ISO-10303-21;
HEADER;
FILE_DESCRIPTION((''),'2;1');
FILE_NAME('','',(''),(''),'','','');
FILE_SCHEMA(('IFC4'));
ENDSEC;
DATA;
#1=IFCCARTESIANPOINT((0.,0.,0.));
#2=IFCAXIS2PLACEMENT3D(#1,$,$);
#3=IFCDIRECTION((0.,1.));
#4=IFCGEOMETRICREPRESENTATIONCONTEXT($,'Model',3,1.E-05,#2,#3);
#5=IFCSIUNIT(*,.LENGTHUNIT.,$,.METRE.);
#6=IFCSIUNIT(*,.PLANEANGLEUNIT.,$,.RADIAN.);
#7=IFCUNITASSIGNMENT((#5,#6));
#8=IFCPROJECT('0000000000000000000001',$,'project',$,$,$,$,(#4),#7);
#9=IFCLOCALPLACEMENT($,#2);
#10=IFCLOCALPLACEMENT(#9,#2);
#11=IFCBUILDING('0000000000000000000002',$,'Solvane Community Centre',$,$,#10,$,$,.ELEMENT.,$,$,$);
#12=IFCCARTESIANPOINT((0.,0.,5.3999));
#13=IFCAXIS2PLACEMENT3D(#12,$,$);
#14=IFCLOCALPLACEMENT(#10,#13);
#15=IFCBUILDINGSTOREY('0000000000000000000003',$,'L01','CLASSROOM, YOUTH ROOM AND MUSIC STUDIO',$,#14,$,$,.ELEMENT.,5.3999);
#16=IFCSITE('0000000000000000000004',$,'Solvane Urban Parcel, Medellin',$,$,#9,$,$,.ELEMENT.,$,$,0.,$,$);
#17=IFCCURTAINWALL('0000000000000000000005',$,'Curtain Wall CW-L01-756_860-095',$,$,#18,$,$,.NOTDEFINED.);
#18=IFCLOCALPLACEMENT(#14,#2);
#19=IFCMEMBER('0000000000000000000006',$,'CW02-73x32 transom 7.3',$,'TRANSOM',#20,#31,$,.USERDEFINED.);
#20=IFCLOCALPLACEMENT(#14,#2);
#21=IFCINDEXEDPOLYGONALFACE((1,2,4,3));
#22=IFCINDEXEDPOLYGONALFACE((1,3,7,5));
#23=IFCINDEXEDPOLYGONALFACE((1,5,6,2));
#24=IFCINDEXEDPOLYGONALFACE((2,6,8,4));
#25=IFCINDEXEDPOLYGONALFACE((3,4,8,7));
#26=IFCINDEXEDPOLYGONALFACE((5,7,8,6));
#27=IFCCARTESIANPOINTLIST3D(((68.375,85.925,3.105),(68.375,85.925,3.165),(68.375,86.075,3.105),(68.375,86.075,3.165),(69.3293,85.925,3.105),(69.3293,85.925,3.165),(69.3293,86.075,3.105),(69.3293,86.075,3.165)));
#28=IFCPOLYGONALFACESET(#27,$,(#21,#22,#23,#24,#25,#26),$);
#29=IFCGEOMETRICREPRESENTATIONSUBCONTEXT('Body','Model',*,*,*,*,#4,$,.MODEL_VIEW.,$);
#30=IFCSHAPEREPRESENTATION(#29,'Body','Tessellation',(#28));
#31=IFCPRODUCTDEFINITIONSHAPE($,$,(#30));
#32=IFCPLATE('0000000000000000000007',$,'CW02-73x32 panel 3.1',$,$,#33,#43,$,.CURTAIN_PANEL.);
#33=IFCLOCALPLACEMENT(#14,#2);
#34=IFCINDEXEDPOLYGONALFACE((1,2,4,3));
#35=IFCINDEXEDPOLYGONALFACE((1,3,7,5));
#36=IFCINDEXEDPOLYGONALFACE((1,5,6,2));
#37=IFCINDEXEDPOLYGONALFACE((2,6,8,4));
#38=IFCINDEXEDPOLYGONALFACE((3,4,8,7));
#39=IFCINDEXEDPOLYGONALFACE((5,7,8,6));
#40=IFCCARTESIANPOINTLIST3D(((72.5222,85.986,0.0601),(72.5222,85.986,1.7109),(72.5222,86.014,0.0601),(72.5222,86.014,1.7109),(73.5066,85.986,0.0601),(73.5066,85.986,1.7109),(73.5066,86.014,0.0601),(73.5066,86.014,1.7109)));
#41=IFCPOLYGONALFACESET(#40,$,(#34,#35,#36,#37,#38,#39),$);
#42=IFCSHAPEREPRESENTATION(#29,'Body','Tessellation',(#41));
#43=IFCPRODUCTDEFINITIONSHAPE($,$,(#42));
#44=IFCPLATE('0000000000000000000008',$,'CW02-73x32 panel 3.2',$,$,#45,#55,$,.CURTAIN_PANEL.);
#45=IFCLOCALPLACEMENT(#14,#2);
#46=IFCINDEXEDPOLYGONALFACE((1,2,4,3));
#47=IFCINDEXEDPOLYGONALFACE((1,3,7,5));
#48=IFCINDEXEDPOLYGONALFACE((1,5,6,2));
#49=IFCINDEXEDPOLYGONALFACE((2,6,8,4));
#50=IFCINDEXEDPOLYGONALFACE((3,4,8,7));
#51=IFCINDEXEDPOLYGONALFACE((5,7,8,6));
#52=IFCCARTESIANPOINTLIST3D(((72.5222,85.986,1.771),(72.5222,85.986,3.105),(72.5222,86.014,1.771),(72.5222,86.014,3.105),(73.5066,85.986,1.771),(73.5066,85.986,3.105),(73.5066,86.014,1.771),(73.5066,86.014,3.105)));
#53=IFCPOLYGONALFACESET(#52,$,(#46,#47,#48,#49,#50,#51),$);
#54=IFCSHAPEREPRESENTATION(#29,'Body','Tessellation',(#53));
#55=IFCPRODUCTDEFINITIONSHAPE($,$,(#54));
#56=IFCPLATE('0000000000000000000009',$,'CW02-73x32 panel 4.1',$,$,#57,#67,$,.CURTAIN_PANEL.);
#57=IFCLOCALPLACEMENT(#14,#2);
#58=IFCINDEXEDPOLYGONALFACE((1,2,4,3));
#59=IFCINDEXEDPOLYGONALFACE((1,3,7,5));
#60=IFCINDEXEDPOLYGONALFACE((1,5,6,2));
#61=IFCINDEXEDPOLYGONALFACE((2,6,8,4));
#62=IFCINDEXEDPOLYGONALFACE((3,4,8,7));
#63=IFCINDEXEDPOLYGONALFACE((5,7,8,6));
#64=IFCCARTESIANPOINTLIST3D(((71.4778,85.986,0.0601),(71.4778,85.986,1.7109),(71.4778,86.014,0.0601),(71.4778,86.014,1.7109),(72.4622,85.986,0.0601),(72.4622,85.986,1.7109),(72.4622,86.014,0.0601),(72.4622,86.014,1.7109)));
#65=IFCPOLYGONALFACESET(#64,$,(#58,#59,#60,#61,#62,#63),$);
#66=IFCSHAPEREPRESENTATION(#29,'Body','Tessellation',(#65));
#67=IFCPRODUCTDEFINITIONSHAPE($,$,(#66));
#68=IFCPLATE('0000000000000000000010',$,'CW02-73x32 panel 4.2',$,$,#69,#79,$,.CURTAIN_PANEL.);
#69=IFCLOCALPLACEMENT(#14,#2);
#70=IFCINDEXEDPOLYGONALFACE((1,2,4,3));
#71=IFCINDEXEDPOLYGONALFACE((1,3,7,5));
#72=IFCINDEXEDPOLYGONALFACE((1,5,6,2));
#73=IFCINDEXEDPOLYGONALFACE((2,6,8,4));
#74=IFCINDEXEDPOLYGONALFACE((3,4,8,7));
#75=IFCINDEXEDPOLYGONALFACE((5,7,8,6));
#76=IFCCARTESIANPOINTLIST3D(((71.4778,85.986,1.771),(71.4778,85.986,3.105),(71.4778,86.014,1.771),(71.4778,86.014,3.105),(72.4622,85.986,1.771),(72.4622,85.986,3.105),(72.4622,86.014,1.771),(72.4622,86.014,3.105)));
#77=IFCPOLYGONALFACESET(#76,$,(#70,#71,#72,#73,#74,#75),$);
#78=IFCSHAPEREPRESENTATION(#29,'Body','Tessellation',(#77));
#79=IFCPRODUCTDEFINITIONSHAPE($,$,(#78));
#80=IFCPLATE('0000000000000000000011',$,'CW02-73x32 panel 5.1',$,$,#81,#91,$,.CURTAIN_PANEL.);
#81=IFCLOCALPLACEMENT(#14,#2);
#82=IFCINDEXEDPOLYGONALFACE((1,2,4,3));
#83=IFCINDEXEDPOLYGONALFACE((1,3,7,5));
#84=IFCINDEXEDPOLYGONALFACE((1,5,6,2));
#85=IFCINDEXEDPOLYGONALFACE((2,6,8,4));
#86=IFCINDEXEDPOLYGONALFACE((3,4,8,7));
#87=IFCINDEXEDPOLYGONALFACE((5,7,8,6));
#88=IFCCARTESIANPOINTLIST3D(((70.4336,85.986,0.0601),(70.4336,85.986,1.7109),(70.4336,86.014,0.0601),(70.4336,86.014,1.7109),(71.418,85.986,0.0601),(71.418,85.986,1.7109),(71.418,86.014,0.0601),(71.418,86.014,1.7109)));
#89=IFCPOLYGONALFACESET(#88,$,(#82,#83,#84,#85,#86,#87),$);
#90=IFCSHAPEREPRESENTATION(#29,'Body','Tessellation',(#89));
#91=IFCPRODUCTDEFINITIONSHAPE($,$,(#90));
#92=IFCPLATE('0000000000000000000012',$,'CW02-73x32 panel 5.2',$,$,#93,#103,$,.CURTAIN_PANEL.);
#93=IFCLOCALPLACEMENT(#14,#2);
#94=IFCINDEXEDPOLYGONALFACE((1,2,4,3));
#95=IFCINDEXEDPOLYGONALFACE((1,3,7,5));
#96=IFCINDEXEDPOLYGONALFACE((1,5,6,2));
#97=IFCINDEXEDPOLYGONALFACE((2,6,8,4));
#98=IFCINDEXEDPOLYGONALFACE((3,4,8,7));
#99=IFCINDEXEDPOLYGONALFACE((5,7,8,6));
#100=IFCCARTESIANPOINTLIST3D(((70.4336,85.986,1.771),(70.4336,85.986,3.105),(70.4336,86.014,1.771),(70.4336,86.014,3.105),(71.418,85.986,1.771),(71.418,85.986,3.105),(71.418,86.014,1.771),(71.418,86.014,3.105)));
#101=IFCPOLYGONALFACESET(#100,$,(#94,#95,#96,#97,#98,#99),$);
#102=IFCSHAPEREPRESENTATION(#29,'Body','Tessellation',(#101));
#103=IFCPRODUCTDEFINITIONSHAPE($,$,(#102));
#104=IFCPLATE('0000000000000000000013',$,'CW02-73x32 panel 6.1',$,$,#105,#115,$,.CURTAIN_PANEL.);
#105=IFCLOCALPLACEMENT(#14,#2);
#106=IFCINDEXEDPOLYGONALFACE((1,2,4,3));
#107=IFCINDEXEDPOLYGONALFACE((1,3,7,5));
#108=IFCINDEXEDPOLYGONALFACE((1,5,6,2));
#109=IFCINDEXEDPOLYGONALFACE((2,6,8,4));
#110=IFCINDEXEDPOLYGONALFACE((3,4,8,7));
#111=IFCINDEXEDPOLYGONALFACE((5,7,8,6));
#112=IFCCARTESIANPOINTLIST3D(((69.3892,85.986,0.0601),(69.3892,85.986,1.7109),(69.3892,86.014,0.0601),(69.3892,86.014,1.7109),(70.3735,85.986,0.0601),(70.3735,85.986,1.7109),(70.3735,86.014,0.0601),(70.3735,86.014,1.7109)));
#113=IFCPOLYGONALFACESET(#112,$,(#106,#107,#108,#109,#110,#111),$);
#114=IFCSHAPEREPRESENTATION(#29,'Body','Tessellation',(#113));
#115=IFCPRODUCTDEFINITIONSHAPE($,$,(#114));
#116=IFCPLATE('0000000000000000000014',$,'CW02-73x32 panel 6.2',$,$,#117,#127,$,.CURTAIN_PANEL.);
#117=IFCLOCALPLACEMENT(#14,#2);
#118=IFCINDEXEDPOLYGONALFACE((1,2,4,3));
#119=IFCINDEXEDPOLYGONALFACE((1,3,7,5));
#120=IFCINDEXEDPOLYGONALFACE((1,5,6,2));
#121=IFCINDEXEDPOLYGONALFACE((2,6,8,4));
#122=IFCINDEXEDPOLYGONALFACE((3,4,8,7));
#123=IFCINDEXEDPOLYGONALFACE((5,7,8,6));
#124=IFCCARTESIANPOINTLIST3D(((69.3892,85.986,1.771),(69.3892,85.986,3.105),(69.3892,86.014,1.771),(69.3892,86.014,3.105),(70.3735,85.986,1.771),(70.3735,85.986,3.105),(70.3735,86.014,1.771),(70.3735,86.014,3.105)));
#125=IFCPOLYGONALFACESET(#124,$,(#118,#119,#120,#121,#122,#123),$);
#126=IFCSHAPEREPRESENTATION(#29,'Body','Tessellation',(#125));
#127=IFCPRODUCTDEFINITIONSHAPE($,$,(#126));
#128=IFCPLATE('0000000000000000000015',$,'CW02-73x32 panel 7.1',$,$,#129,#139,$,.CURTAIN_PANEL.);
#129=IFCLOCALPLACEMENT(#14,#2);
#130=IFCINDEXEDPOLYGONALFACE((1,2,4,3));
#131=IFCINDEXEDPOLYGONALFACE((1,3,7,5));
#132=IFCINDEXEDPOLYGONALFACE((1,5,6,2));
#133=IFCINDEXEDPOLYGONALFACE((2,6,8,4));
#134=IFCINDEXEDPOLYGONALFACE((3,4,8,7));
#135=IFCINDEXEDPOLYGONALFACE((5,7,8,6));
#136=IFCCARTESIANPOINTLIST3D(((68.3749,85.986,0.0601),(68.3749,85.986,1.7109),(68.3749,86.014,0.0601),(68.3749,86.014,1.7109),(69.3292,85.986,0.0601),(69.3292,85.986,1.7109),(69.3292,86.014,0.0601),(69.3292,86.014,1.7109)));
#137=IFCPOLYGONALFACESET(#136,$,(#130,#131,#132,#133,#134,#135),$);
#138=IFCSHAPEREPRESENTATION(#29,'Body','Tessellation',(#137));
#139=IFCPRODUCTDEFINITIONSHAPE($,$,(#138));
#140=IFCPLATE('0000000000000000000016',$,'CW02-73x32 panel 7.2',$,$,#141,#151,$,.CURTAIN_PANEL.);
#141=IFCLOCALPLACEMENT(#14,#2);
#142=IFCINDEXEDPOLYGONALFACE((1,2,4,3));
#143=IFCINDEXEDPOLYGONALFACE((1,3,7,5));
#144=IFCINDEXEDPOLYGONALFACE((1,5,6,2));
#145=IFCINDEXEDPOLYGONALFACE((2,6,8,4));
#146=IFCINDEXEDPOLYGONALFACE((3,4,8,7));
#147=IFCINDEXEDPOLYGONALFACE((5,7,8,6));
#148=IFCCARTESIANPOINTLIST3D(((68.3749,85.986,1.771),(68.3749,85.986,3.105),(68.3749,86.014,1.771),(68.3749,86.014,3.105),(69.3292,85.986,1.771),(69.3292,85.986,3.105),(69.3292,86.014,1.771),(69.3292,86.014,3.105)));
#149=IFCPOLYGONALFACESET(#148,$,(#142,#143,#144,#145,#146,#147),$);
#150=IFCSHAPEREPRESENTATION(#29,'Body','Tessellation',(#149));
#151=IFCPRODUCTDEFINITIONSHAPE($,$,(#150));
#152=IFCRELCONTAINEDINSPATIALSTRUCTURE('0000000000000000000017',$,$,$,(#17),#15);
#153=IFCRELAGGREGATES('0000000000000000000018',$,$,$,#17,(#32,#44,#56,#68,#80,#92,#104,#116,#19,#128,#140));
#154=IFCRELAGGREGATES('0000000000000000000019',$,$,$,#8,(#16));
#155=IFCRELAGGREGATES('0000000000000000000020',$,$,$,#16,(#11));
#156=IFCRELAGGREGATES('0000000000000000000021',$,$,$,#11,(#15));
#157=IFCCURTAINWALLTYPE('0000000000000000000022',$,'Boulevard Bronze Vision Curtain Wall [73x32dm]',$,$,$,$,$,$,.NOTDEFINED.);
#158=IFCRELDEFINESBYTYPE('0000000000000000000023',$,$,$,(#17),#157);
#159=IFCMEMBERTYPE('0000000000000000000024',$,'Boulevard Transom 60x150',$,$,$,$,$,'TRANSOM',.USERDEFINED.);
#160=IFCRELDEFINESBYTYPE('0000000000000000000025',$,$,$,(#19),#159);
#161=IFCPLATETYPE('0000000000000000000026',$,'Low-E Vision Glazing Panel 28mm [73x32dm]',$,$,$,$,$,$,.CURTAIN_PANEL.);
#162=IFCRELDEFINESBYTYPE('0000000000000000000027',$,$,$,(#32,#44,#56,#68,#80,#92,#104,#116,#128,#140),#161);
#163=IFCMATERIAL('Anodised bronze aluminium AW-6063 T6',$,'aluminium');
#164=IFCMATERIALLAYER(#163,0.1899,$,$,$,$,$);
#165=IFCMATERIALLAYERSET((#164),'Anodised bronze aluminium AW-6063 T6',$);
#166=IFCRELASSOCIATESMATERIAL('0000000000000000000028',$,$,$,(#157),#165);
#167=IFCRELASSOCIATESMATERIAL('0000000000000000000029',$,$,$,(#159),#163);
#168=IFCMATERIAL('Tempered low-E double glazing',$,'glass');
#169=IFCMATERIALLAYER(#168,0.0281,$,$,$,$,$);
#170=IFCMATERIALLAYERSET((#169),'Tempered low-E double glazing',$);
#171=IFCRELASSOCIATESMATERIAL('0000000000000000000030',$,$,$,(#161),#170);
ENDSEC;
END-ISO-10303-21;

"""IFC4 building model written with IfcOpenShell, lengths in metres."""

from ifc_helpers import new_model, si_unit, direction, frame, origin, origin_2d, place, context, subcontext, project, spatial, rectangle, extrude, material, layer, layer_set, material_profile, profile_set, type_object, element, aggregate, save


model = new_model("IFC4")

# Units and contexts
model_context = context("Model", 3, precision=1e-05, world=origin(), true_north=direction((0.0, 1.0)))
body_context = subcontext(model_context, "Body", "Model", "MODEL_VIEW")
ifc_project = project(units=[si_unit("LENGTHUNIT", "METRE"), si_unit("PLANEANGLEUNIT", "RADIAN")], contexts=[model_context])

# Site, building, storey
site_placement = place(None, origin())
site = spatial("IfcSite", under=ifc_project, at=site_placement, Name="Solvane Urban Parcel, Medellin", CompositionType="ELEMENT", RefElevation=0.0)
building_placement = place(site_placement, origin())
building = spatial("IfcBuilding", under=site, at=building_placement, Name="Solvane Community Centre", CompositionType="ELEMENT")
storey_placement = place(building_placement, frame((0.0, 0.0, 5.3999)))
storey = spatial("IfcBuildingStorey", under=building, at=storey_placement, Name="L01", Description="CLASSROOM, YOUTH ROOM AND MUSIC STUDIO", CompositionType="ELEMENT", Elevation=5.3999)

# Curtain wall, member, plates
ifc_material_1 = material(Name="Anodised bronze aluminium AW-6063 T6", Category="aluminium")
ifc_layer_1 = layer(ifc_material_1, 0.1899)
ifc_layer_set_1 = layer_set([ifc_layer_1], Name="Anodised bronze aluminium AW-6063 T6")
curtain_wall_type = type_object("IfcCurtainWallType", Name="Boulevard Bronze Vision Curtain Wall [73x32dm]", PredefinedType="NOTDEFINED", material=ifc_layer_set_1)
curtain_wall_placement = place(storey_placement, origin())
curtain_wall = element("IfcCurtainWall", 1, at=curtain_wall_placement, inside=storey, type_object=curtain_wall_type, Name="Curtain Wall CW-L01-756_860-095", PredefinedType="NOTDEFINED")
ifc_material_profile_1 = material_profile(ifc_material_1, rectangle(XDim=0.1499, YDim=0.0601, at=origin_2d()), Name="CW-T 60x150")
ifc_profile_set_1 = profile_set([ifc_material_profile_1], Name="Anodised bronze aluminium AW-6063 T6")
member_type_1 = type_object("IfcMemberType", Name="Boulevard Transom 60x150", ElementType="TRANSOM", PredefinedType="USERDEFINED", material=ifc_profile_set_1)
member_1_placement = place(storey_placement, frame((69.3293, 86.0, 3.135), z_axis=(-1.0, 0.0, 0.0), x_axis=(0.0, -1.0, 0.0)))
member_1 = element("IfcMember", 2, at=member_1_placement, type_object=member_type_1, Name="CW02-73x32 transom 7.3", ObjectType="TRANSOM", PredefinedType="USERDEFINED", context=body_context, shape_type="SweptSolid", body=[
    extrude(rectangle(XDim=0.1499, YDim=0.0601, at=origin_2d()), origin(), (0.0, 0.0, 1.0), 0.9543),
])
ifc_material_2 = material(Name="Tempered low-E double glazing", Category="glass")
ifc_layer_2 = layer(ifc_material_2, 0.0281)
ifc_layer_set_2 = layer_set([ifc_layer_2], Name="Tempered low-E double glazing")
plate_type = type_object("IfcPlateType", Name="Low-E Vision Glazing Panel 28mm [73x32dm]", PredefinedType="CURTAIN_PANEL", material=ifc_layer_set_2)
plate_1_placement = place(storey_placement, frame((73.0144, 86.0, 0.0601), z_axis=(0.0, 0.0, 1.0), x_axis=(-1.0, 0.0, 0.0)))
plate_1 = element("IfcPlate", 3, at=plate_1_placement, type_object=plate_type, Name="CW02-73x32 panel 3.1", PredefinedType="CURTAIN_PANEL", context=body_context, shape_type="SweptSolid", body=[
    extrude(rectangle(XDim=0.9844, YDim=0.0281, at=origin_2d()), origin(), (0.0, 0.0, 1.0), 1.6509),
])
plate_2_placement = place(storey_placement, frame((73.0144, 86.0, 1.771), z_axis=(0.0, 0.0, 1.0), x_axis=(-1.0, 0.0, 0.0)))
plate_2 = element("IfcPlate", 4, at=plate_2_placement, type_object=plate_type, Name="CW02-73x32 panel 3.2", PredefinedType="CURTAIN_PANEL", context=body_context, shape_type="SweptSolid", body=[
    extrude(rectangle(XDim=0.9844, YDim=0.0281, at=origin_2d()), origin(), (0.0, 0.0, 1.0), 1.334),
])
plate_3_placement = place(storey_placement, frame((71.97, 86.0, 0.0601), z_axis=(0.0, 0.0, 1.0), x_axis=(-1.0, 0.0, 0.0)))
plate_3 = element("IfcPlate", 5, at=plate_3_placement, type_object=plate_type, Name="CW02-73x32 panel 4.1", PredefinedType="CURTAIN_PANEL", context=body_context, shape_type="SweptSolid", body=[
    extrude(rectangle(XDim=0.9844, YDim=0.0281, at=origin_2d()), origin(), (0.0, 0.0, 1.0), 1.6509),
])
plate_4_placement = place(storey_placement, frame((71.97, 86.0, 1.771), z_axis=(0.0, 0.0, 1.0), x_axis=(-1.0, 0.0, 0.0)))
plate_4 = element("IfcPlate", 6, at=plate_4_placement, type_object=plate_type, Name="CW02-73x32 panel 4.2", PredefinedType="CURTAIN_PANEL", context=body_context, shape_type="SweptSolid", body=[
    extrude(rectangle(XDim=0.9844, YDim=0.0281, at=origin_2d()), origin(), (0.0, 0.0, 1.0), 1.334),
])
plate_5_placement = place(storey_placement, frame((70.9258, 86.0, 0.0601), z_axis=(0.0, 0.0, 1.0), x_axis=(-1.0, 0.0, 0.0)))
plate_5 = element("IfcPlate", 7, at=plate_5_placement, type_object=plate_type, Name="CW02-73x32 panel 5.1", PredefinedType="CURTAIN_PANEL", context=body_context, shape_type="SweptSolid", body=[
    extrude(rectangle(XDim=0.9844, YDim=0.0281, at=origin_2d()), origin(), (0.0, 0.0, 1.0), 1.6509),
])
plate_6_placement = place(storey_placement, frame((70.9258, 86.0, 1.771), z_axis=(0.0, 0.0, 1.0), x_axis=(-1.0, 0.0, 0.0)))
plate_6 = element("IfcPlate", 8, at=plate_6_placement, type_object=plate_type, Name="CW02-73x32 panel 5.2", PredefinedType="CURTAIN_PANEL", context=body_context, shape_type="SweptSolid", body=[
    extrude(rectangle(XDim=0.9844, YDim=0.0281, at=origin_2d()), origin(), (0.0, 0.0, 1.0), 1.334),
])
plate_7_placement = place(storey_placement, frame((69.8813, 86.0, 0.0601), z_axis=(0.0, 0.0, 1.0), x_axis=(-1.0, 0.0, 0.0)))
plate_7 = element("IfcPlate", 9, at=plate_7_placement, type_object=plate_type, Name="CW02-73x32 panel 6.1", PredefinedType="CURTAIN_PANEL", context=body_context, shape_type="SweptSolid", body=[
    extrude(rectangle(XDim=0.9844, YDim=0.0281, at=origin_2d()), origin(), (0.0, 0.0, 1.0), 1.6509),
])
plate_8_placement = place(storey_placement, frame((69.8813, 86.0, 1.771), z_axis=(0.0, 0.0, 1.0), x_axis=(-1.0, 0.0, 0.0)))
plate_8 = element("IfcPlate", 10, at=plate_8_placement, type_object=plate_type, Name="CW02-73x32 panel 6.2", PredefinedType="CURTAIN_PANEL", context=body_context, shape_type="SweptSolid", body=[
    extrude(rectangle(XDim=0.9844, YDim=0.0281, at=origin_2d()), origin(), (0.0, 0.0, 1.0), 1.334),
])
plate_9_placement = place(storey_placement, frame((68.8521, 86.0, 0.0601), z_axis=(0.0, 0.0, 1.0), x_axis=(-1.0, 0.0, 0.0)))
plate_9 = element("IfcPlate", 11, at=plate_9_placement, type_object=plate_type, Name="CW02-73x32 panel 7.1", PredefinedType="CURTAIN_PANEL", context=body_context, shape_type="SweptSolid", body=[
    extrude(rectangle(XDim=0.9543, YDim=0.0281, at=origin_2d()), origin(), (0.0, 0.0, 1.0), 1.6509),
])
plate_10_placement = place(storey_placement, frame((68.8521, 86.0, 1.771), z_axis=(0.0, 0.0, 1.0), x_axis=(-1.0, 0.0, 0.0)))
plate_10 = element("IfcPlate", 12, at=plate_10_placement, type_object=plate_type, Name="CW02-73x32 panel 7.2", PredefinedType="CURTAIN_PANEL", context=body_context, shape_type="SweptSolid", body=[
    extrude(rectangle(XDim=0.9543, YDim=0.0281, at=origin_2d()), origin(), (0.0, 0.0, 1.0), 1.334),
])
aggregate(curtain_wall, [plate_1, plate_2, plate_3, plate_4, plate_5, plate_6, plate_7, plate_8, member_1, plate_9, plate_10])

save(model, "model.ifc")
